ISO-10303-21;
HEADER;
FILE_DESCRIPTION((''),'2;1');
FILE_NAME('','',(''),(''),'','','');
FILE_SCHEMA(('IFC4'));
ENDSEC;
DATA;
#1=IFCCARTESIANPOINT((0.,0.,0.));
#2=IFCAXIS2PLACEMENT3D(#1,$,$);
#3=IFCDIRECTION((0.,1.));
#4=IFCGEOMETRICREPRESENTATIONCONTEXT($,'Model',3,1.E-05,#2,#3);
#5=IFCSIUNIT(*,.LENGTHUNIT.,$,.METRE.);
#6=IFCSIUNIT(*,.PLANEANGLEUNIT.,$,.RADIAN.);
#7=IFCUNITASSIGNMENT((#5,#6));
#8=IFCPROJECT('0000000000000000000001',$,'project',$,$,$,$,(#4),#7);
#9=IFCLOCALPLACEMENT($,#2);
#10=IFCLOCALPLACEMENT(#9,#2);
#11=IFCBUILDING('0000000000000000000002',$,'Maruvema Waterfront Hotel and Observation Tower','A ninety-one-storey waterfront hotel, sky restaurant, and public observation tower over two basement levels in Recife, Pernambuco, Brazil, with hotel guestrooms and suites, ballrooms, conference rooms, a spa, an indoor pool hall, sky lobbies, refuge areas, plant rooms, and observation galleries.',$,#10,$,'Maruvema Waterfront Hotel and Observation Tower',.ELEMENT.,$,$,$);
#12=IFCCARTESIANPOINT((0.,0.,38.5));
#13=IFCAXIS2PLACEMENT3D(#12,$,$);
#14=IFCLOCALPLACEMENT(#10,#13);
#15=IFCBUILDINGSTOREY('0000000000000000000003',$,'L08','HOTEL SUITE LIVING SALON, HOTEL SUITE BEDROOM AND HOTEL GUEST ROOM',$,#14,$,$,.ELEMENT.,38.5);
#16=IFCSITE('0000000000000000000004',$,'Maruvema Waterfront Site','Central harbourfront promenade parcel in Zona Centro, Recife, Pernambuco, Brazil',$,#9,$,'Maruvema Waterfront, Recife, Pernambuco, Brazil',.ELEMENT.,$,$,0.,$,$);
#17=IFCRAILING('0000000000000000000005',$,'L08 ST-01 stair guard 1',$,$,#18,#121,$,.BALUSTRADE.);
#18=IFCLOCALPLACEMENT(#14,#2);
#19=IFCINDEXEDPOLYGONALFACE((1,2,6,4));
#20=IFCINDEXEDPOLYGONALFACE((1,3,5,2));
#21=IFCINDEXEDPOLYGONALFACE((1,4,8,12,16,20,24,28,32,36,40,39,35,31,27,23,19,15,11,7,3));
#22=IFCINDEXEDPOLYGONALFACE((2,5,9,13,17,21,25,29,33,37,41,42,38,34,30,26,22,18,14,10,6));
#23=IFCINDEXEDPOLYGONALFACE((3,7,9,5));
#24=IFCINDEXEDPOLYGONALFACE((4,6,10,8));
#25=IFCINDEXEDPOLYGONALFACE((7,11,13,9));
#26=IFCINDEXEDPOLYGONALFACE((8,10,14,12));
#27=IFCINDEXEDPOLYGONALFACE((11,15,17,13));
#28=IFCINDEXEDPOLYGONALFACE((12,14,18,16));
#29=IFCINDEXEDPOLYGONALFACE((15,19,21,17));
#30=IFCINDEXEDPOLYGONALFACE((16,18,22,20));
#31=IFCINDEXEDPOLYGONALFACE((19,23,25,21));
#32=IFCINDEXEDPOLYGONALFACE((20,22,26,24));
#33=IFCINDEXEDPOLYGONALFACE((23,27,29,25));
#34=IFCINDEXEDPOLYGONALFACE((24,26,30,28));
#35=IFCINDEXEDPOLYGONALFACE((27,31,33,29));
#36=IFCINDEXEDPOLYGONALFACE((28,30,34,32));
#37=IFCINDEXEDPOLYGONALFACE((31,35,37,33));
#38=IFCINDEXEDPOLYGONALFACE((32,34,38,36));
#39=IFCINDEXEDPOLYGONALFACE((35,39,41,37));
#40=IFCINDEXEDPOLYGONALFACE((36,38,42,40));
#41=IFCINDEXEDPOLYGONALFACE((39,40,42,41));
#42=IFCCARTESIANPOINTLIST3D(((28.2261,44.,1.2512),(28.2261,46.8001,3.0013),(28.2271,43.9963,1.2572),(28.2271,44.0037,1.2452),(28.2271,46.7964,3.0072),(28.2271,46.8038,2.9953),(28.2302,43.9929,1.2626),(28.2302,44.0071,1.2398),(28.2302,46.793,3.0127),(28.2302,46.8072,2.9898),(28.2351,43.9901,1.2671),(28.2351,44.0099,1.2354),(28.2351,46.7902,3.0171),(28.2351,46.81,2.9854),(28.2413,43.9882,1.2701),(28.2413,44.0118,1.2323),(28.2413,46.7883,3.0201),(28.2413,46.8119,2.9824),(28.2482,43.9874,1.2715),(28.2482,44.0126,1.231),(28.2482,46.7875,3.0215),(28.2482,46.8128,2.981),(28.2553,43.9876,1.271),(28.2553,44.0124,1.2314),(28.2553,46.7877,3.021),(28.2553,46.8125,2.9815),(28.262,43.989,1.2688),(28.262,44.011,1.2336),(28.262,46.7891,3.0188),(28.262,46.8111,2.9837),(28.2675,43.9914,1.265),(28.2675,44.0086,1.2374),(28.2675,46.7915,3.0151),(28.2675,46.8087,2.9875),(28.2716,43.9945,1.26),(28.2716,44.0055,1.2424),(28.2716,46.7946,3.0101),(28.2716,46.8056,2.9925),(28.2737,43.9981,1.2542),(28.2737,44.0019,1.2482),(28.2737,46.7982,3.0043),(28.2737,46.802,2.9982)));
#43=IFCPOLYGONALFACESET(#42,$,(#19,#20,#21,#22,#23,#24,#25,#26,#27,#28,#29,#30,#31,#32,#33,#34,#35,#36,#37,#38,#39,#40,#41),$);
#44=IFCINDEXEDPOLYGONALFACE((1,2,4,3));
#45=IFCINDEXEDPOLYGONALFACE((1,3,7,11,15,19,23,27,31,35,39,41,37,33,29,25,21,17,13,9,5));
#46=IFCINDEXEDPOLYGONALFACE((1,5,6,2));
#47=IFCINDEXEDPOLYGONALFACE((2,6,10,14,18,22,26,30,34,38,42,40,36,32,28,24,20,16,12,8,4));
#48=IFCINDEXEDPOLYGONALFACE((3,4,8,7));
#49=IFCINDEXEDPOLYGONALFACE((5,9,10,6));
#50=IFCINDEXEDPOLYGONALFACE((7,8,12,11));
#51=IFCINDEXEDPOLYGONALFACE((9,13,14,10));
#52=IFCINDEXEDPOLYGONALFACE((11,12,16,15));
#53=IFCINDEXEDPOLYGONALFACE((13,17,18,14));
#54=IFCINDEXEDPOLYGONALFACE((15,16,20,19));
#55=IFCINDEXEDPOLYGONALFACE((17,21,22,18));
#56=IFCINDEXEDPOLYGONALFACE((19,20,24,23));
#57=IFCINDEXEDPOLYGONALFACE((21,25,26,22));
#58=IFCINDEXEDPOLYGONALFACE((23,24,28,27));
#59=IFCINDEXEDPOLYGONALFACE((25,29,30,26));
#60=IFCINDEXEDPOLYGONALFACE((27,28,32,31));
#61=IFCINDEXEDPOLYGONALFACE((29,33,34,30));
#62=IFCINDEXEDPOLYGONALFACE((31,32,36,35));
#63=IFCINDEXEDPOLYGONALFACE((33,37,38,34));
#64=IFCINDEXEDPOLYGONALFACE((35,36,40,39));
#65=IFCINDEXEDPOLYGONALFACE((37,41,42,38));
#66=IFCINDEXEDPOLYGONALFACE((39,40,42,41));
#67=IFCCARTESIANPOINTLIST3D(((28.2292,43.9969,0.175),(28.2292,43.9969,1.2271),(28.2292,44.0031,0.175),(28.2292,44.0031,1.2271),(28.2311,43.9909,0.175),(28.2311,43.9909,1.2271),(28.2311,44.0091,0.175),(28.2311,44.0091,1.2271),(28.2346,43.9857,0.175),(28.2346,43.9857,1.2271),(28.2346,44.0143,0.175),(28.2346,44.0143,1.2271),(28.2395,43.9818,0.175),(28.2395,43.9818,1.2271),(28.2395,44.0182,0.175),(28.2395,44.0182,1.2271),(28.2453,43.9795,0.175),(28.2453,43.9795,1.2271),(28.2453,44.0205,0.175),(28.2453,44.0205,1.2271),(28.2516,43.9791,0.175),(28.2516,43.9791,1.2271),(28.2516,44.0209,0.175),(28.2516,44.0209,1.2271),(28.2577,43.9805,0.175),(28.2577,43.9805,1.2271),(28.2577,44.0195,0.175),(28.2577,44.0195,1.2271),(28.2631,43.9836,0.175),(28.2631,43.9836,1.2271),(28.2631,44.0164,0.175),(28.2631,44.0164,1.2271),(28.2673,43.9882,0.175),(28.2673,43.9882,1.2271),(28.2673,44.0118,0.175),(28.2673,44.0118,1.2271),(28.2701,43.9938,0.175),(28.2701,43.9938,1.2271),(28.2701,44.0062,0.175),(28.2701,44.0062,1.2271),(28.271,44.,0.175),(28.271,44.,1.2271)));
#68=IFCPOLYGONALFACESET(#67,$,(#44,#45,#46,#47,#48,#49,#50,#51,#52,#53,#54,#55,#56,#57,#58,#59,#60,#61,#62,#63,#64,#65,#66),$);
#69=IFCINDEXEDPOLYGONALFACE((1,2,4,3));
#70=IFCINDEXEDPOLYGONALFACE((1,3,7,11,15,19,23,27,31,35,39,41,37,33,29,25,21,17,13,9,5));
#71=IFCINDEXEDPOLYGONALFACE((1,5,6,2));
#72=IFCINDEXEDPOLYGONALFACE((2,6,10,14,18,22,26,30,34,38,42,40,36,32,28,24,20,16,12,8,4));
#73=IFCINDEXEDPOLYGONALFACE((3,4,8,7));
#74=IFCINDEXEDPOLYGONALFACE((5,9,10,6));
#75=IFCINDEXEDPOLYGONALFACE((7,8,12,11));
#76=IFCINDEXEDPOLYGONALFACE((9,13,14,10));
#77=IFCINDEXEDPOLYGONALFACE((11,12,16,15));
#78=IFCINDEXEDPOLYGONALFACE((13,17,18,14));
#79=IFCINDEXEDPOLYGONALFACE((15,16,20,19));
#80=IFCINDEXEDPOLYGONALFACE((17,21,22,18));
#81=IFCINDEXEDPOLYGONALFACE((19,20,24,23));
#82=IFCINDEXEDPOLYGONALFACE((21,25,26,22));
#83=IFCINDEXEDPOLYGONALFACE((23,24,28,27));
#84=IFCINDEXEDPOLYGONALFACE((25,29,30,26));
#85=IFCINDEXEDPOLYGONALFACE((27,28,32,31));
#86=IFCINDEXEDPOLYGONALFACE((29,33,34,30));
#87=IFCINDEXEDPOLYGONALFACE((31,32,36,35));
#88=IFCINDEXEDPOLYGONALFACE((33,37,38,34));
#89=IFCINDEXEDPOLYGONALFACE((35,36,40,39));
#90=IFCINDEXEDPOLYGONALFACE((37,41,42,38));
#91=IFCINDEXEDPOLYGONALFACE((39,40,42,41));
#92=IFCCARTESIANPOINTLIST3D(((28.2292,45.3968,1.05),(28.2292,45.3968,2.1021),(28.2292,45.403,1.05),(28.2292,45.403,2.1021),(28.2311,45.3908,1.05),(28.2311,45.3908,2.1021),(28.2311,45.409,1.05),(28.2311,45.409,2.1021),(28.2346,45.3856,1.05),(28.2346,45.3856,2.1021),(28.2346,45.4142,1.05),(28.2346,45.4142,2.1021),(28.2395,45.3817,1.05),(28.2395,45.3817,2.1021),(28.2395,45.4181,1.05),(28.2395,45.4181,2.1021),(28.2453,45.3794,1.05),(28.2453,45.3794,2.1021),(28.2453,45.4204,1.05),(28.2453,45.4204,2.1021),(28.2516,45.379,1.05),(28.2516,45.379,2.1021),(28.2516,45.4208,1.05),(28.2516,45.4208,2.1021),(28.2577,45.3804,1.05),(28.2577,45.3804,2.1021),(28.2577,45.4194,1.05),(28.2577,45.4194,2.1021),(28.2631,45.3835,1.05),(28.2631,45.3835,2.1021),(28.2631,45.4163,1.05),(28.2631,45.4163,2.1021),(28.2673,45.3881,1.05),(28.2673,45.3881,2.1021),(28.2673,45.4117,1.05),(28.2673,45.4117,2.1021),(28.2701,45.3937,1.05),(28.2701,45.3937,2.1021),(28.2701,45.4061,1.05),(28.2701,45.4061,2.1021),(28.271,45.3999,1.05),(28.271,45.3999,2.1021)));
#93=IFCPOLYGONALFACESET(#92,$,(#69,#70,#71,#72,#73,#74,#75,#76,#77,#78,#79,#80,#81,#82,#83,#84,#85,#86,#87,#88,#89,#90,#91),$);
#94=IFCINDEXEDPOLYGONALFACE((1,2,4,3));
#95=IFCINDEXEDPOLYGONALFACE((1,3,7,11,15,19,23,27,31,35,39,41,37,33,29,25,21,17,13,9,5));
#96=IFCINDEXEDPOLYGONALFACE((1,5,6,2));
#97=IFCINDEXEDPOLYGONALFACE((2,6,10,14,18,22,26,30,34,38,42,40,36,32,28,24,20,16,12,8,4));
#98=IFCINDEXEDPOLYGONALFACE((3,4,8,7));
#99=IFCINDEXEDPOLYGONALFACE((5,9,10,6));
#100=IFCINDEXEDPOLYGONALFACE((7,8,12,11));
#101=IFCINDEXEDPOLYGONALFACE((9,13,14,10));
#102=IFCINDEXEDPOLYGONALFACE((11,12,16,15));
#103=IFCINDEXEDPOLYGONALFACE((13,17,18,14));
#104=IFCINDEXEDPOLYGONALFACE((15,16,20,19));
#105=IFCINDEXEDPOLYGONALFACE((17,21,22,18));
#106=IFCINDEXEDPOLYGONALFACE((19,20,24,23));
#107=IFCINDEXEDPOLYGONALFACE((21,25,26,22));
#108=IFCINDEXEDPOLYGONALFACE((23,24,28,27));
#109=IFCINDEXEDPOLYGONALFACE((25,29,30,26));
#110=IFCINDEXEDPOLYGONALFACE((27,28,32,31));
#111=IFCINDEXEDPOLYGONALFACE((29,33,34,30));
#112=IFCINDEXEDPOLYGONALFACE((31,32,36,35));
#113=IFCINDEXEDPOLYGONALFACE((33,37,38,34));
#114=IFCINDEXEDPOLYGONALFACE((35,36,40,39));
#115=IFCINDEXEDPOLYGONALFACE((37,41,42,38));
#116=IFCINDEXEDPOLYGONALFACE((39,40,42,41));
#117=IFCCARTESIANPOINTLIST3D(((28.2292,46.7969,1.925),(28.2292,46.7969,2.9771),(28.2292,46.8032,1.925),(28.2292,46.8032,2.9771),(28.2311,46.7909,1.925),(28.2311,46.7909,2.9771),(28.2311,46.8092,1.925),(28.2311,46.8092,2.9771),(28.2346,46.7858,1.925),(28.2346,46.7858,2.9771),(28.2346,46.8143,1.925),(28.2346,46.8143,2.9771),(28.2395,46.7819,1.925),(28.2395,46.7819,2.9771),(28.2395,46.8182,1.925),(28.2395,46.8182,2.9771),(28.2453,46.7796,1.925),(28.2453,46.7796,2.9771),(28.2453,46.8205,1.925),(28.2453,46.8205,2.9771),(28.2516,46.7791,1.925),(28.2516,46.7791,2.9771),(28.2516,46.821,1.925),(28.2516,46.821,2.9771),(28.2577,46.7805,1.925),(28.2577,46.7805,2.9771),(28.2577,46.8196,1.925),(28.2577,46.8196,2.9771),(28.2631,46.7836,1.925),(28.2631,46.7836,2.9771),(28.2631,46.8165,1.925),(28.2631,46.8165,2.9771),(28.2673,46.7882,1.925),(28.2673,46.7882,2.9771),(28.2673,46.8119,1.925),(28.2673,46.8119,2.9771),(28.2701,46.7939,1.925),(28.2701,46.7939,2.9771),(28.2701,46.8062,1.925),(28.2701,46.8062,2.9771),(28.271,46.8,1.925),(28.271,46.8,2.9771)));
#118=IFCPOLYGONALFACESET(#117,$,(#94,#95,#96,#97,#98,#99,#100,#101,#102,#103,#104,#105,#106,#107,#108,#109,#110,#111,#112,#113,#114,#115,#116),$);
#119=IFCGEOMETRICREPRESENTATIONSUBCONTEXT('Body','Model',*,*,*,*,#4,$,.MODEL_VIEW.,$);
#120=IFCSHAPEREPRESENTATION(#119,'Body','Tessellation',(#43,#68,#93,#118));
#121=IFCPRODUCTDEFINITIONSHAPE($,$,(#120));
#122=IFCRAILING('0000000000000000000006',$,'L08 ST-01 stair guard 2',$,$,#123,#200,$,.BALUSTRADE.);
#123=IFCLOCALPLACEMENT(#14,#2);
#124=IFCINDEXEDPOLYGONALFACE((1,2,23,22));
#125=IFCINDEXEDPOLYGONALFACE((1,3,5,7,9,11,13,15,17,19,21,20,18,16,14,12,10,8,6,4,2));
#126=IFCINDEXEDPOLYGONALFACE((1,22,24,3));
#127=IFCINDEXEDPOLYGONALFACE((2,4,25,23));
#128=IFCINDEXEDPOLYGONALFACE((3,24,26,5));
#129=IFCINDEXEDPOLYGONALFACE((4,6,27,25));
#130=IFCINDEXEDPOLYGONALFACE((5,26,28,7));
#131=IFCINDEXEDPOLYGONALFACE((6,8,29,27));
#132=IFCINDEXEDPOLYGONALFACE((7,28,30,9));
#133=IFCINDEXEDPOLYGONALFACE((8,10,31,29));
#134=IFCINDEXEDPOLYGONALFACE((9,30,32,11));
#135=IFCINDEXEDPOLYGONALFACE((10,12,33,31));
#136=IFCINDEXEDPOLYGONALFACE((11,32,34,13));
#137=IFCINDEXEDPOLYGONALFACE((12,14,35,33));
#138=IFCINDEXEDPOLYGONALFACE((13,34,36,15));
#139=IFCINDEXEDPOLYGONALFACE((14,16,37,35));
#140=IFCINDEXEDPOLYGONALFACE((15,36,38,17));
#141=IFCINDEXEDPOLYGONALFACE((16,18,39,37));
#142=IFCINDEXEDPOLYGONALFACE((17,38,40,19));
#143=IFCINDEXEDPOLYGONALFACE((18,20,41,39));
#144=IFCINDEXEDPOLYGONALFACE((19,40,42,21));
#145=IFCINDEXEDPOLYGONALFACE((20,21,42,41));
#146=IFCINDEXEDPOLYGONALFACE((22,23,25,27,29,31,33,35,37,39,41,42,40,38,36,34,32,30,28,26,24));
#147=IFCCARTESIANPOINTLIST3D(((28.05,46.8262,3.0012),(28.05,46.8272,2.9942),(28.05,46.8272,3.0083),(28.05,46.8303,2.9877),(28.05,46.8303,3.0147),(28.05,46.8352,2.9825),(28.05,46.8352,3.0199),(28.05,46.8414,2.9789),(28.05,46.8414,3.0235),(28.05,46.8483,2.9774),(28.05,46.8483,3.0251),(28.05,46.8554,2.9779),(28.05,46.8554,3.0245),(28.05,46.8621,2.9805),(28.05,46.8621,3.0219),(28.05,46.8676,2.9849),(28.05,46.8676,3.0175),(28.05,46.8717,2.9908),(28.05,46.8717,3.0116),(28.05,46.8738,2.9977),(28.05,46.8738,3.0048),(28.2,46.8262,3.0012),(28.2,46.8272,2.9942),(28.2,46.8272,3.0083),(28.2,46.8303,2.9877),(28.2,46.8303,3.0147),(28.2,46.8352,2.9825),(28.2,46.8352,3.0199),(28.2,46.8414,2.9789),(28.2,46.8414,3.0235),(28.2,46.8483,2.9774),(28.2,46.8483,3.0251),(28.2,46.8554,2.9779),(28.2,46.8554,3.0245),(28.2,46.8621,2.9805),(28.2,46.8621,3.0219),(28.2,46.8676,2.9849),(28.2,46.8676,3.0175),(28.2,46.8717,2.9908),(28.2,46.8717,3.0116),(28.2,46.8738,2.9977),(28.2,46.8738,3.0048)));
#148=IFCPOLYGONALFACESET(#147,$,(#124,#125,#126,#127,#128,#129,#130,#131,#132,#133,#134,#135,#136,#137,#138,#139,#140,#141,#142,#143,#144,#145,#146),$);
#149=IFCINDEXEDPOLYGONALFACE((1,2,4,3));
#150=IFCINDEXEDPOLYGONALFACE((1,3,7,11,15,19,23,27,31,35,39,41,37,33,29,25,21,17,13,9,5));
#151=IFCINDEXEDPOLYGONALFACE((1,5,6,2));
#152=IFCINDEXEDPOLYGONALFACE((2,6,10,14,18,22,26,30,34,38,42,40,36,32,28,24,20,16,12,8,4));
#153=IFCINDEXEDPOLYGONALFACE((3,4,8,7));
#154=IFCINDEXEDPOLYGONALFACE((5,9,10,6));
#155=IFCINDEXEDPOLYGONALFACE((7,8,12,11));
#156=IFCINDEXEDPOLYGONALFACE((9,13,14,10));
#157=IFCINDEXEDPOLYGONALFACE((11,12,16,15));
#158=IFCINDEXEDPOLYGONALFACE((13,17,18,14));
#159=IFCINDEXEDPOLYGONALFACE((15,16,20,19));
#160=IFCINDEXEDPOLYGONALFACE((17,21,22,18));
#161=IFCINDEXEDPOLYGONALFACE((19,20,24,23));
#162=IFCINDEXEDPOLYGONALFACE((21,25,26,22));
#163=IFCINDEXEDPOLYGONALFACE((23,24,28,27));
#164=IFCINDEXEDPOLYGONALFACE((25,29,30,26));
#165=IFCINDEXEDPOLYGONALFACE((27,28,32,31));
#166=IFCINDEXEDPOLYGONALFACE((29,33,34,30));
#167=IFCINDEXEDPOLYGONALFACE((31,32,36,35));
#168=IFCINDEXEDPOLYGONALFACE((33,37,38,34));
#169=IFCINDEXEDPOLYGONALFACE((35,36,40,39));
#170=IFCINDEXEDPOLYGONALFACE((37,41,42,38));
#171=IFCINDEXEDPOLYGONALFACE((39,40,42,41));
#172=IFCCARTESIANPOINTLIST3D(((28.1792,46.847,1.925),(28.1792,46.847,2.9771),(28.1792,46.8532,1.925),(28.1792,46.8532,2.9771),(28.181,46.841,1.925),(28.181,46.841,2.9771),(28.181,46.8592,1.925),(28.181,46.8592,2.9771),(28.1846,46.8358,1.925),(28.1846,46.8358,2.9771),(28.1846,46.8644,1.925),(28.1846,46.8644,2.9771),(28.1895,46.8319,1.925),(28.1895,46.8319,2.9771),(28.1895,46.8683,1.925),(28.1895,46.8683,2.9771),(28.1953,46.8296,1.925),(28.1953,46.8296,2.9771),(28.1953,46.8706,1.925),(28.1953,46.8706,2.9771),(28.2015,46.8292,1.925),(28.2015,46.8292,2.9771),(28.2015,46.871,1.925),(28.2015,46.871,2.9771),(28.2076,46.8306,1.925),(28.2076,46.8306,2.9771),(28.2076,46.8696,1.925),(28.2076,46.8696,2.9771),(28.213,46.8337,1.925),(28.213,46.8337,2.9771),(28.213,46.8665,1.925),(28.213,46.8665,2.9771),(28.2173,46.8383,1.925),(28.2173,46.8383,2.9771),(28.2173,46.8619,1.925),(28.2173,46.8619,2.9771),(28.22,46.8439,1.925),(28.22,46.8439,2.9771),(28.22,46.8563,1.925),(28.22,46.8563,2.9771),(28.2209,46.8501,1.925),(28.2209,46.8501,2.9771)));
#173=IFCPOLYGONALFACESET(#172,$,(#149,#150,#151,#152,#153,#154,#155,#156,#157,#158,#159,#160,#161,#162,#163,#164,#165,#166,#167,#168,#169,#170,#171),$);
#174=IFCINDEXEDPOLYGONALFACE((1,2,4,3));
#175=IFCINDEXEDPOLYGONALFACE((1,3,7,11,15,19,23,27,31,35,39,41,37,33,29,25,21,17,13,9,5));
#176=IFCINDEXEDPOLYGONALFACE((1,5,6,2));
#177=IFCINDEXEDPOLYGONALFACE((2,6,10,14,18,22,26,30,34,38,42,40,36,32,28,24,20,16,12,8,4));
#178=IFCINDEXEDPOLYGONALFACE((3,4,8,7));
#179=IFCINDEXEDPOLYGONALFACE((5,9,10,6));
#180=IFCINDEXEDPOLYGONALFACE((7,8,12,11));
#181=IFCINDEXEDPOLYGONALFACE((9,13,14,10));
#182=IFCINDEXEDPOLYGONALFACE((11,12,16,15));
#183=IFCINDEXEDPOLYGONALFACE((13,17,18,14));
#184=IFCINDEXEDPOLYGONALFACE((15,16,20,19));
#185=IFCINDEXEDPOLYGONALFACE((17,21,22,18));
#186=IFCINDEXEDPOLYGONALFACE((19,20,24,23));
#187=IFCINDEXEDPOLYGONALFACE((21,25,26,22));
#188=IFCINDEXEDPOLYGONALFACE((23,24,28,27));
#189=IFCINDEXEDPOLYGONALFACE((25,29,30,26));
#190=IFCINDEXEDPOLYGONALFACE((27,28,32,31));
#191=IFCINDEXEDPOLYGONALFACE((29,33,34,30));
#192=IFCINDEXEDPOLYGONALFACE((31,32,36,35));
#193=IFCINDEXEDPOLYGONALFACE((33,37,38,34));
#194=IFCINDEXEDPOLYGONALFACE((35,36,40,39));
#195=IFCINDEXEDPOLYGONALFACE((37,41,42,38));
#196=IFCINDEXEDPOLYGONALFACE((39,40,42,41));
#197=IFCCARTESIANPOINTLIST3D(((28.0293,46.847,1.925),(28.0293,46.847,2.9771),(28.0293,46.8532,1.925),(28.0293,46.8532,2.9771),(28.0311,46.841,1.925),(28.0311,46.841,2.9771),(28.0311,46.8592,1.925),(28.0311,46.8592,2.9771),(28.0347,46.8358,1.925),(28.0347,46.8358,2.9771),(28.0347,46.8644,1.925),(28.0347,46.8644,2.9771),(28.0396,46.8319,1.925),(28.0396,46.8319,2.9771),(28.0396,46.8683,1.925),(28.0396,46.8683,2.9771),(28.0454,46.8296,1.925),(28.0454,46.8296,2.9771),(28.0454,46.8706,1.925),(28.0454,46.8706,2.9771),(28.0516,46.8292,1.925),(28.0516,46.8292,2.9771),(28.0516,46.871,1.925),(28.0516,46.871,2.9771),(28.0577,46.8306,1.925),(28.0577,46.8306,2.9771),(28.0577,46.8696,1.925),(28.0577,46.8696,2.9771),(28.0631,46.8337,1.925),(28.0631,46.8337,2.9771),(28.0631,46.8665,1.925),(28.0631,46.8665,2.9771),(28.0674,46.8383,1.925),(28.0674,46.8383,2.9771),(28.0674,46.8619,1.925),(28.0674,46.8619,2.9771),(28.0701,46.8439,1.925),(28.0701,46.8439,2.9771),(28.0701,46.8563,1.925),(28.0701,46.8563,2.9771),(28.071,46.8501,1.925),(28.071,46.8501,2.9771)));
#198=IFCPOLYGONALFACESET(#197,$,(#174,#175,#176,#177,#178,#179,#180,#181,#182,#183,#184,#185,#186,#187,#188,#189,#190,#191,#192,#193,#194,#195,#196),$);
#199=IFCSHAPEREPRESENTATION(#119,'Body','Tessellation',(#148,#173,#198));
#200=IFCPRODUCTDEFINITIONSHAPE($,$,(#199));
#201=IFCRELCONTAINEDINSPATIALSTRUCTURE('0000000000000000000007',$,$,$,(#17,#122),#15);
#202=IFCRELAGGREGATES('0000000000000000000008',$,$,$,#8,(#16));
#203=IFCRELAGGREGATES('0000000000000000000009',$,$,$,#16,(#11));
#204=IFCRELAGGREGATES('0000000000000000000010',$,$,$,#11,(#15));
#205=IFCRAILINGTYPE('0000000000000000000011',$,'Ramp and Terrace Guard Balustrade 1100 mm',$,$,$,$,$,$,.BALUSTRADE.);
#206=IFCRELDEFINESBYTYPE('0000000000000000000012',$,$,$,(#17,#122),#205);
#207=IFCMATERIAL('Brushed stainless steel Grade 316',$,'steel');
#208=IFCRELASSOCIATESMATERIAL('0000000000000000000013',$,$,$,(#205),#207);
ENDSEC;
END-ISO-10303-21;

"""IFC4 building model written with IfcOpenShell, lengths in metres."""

from ifc_helpers import new_model, si_unit, direction, frame, origin, origin_2d, place, context, subcontext, project, spatial, circle, extrude, material, type_object, element, save


model = new_model("IFC4")

# Units and contexts
model_context = context("Model", 3, precision=1e-05, world=origin(), true_north=direction((0.0, 1.0)))
body_context = subcontext(model_context, "Body", "Model", "MODEL_VIEW")
ifc_project = project(units=[si_unit("LENGTHUNIT", "METRE"), si_unit("PLANEANGLEUNIT", "RADIAN")], contexts=[model_context])

# Site, building, storey
site_placement = place(None, origin())
site = spatial("IfcSite", under=ifc_project, at=site_placement, Name="Maruvema Waterfront Site", Description="Central harbourfront promenade parcel in Zona Centro, Recife, Pernambuco, Brazil", LongName="Maruvema Waterfront, Recife, Pernambuco, Brazil", CompositionType="ELEMENT", RefElevation=0.0)
building_placement = place(site_placement, origin())
building = spatial("IfcBuilding", under=site, at=building_placement, Name="Maruvema Waterfront Hotel and Observation Tower", Description="A ninety-one-storey waterfront hotel, sky restaurant, and public observation tower over two basement levels in Recife, Pernambuco, Brazil, with hotel guestrooms and suites, ballrooms, conference rooms, a spa, an indoor pool hall, sky lobbies, refuge areas, plant rooms, and observation galleries.", LongName="Maruvema Waterfront Hotel and Observation Tower", CompositionType="ELEMENT")
storey_placement = place(building_placement, frame((0.0, 0.0, 38.5)))
storey = spatial("IfcBuildingStorey", under=building, at=storey_placement, Name="L08", Description="HOTEL SUITE LIVING SALON, HOTEL SUITE BEDROOM AND HOTEL GUEST ROOM", CompositionType="ELEMENT", Elevation=38.5)

# Railings
ifc_material_1 = material(Name="Brushed stainless steel Grade 316", Category="steel")
railing_type_1 = type_object("IfcRailingType", Name="Ramp and Terrace Guard Balustrade 1100 mm", PredefinedType="BALUSTRADE", material=ifc_material_1)
railing_1_placement = place(storey_placement, frame((28.25, 44.0, 0.175)))
element("IfcRailing", 1, at=railing_1_placement, inside=storey, type_object=railing_type_1, Name="L08 ST-01 stair guard 1", PredefinedType="BALUSTRADE", context=body_context, shape_type="SweptSolid", body=[
    extrude(circle(Radius=0.0239, at=origin_2d()), frame((0.0, 0.0, 1.0762), z_axis=(0.0, 0.848002, 0.529992), x_axis=(-1.0, 0.0, 0.0)), (0.0, 0.0, 1.0), 3.302),
    extrude(circle(Radius=0.021, at=origin_2d()), origin(), (0.0, 0.0, 1.0), 1.052),
    extrude(circle(Radius=0.021, at=origin_2d()), frame((0.0, 1.3999, 0.875)), (0.0, 0.0, 1.0), 1.052),
    extrude(circle(Radius=0.021, at=origin_2d()), frame((0.0, 2.8, 1.75)), (0.0, 0.0, 1.0), 1.052),
])
railing_2_placement = place(storey_placement, frame((28.2, 46.8501, 1.925)))
element("IfcRailing", 2, at=railing_2_placement, inside=storey, type_object=railing_type_1, Name="L08 ST-01 stair guard 2", PredefinedType="BALUSTRADE", context=body_context, shape_type="SweptSolid", body=[
    extrude(circle(Radius=0.0239, at=origin_2d()), frame((0.0, 0.0, 1.0762), z_axis=(-1.0, 0.0, 0.0), x_axis=(0.0, -1.0, 0.0)), (0.0, 0.0, 1.0), 0.1499),
    extrude(circle(Radius=0.021, at=origin_2d()), origin(), (0.0, 0.0, 1.0), 1.052),
    extrude(circle(Radius=0.021, at=origin_2d()), frame((-0.1499, 0.0, 0.0)), (0.0, 0.0, 1.0), 1.052),
])

save(model, "model.ifc")
